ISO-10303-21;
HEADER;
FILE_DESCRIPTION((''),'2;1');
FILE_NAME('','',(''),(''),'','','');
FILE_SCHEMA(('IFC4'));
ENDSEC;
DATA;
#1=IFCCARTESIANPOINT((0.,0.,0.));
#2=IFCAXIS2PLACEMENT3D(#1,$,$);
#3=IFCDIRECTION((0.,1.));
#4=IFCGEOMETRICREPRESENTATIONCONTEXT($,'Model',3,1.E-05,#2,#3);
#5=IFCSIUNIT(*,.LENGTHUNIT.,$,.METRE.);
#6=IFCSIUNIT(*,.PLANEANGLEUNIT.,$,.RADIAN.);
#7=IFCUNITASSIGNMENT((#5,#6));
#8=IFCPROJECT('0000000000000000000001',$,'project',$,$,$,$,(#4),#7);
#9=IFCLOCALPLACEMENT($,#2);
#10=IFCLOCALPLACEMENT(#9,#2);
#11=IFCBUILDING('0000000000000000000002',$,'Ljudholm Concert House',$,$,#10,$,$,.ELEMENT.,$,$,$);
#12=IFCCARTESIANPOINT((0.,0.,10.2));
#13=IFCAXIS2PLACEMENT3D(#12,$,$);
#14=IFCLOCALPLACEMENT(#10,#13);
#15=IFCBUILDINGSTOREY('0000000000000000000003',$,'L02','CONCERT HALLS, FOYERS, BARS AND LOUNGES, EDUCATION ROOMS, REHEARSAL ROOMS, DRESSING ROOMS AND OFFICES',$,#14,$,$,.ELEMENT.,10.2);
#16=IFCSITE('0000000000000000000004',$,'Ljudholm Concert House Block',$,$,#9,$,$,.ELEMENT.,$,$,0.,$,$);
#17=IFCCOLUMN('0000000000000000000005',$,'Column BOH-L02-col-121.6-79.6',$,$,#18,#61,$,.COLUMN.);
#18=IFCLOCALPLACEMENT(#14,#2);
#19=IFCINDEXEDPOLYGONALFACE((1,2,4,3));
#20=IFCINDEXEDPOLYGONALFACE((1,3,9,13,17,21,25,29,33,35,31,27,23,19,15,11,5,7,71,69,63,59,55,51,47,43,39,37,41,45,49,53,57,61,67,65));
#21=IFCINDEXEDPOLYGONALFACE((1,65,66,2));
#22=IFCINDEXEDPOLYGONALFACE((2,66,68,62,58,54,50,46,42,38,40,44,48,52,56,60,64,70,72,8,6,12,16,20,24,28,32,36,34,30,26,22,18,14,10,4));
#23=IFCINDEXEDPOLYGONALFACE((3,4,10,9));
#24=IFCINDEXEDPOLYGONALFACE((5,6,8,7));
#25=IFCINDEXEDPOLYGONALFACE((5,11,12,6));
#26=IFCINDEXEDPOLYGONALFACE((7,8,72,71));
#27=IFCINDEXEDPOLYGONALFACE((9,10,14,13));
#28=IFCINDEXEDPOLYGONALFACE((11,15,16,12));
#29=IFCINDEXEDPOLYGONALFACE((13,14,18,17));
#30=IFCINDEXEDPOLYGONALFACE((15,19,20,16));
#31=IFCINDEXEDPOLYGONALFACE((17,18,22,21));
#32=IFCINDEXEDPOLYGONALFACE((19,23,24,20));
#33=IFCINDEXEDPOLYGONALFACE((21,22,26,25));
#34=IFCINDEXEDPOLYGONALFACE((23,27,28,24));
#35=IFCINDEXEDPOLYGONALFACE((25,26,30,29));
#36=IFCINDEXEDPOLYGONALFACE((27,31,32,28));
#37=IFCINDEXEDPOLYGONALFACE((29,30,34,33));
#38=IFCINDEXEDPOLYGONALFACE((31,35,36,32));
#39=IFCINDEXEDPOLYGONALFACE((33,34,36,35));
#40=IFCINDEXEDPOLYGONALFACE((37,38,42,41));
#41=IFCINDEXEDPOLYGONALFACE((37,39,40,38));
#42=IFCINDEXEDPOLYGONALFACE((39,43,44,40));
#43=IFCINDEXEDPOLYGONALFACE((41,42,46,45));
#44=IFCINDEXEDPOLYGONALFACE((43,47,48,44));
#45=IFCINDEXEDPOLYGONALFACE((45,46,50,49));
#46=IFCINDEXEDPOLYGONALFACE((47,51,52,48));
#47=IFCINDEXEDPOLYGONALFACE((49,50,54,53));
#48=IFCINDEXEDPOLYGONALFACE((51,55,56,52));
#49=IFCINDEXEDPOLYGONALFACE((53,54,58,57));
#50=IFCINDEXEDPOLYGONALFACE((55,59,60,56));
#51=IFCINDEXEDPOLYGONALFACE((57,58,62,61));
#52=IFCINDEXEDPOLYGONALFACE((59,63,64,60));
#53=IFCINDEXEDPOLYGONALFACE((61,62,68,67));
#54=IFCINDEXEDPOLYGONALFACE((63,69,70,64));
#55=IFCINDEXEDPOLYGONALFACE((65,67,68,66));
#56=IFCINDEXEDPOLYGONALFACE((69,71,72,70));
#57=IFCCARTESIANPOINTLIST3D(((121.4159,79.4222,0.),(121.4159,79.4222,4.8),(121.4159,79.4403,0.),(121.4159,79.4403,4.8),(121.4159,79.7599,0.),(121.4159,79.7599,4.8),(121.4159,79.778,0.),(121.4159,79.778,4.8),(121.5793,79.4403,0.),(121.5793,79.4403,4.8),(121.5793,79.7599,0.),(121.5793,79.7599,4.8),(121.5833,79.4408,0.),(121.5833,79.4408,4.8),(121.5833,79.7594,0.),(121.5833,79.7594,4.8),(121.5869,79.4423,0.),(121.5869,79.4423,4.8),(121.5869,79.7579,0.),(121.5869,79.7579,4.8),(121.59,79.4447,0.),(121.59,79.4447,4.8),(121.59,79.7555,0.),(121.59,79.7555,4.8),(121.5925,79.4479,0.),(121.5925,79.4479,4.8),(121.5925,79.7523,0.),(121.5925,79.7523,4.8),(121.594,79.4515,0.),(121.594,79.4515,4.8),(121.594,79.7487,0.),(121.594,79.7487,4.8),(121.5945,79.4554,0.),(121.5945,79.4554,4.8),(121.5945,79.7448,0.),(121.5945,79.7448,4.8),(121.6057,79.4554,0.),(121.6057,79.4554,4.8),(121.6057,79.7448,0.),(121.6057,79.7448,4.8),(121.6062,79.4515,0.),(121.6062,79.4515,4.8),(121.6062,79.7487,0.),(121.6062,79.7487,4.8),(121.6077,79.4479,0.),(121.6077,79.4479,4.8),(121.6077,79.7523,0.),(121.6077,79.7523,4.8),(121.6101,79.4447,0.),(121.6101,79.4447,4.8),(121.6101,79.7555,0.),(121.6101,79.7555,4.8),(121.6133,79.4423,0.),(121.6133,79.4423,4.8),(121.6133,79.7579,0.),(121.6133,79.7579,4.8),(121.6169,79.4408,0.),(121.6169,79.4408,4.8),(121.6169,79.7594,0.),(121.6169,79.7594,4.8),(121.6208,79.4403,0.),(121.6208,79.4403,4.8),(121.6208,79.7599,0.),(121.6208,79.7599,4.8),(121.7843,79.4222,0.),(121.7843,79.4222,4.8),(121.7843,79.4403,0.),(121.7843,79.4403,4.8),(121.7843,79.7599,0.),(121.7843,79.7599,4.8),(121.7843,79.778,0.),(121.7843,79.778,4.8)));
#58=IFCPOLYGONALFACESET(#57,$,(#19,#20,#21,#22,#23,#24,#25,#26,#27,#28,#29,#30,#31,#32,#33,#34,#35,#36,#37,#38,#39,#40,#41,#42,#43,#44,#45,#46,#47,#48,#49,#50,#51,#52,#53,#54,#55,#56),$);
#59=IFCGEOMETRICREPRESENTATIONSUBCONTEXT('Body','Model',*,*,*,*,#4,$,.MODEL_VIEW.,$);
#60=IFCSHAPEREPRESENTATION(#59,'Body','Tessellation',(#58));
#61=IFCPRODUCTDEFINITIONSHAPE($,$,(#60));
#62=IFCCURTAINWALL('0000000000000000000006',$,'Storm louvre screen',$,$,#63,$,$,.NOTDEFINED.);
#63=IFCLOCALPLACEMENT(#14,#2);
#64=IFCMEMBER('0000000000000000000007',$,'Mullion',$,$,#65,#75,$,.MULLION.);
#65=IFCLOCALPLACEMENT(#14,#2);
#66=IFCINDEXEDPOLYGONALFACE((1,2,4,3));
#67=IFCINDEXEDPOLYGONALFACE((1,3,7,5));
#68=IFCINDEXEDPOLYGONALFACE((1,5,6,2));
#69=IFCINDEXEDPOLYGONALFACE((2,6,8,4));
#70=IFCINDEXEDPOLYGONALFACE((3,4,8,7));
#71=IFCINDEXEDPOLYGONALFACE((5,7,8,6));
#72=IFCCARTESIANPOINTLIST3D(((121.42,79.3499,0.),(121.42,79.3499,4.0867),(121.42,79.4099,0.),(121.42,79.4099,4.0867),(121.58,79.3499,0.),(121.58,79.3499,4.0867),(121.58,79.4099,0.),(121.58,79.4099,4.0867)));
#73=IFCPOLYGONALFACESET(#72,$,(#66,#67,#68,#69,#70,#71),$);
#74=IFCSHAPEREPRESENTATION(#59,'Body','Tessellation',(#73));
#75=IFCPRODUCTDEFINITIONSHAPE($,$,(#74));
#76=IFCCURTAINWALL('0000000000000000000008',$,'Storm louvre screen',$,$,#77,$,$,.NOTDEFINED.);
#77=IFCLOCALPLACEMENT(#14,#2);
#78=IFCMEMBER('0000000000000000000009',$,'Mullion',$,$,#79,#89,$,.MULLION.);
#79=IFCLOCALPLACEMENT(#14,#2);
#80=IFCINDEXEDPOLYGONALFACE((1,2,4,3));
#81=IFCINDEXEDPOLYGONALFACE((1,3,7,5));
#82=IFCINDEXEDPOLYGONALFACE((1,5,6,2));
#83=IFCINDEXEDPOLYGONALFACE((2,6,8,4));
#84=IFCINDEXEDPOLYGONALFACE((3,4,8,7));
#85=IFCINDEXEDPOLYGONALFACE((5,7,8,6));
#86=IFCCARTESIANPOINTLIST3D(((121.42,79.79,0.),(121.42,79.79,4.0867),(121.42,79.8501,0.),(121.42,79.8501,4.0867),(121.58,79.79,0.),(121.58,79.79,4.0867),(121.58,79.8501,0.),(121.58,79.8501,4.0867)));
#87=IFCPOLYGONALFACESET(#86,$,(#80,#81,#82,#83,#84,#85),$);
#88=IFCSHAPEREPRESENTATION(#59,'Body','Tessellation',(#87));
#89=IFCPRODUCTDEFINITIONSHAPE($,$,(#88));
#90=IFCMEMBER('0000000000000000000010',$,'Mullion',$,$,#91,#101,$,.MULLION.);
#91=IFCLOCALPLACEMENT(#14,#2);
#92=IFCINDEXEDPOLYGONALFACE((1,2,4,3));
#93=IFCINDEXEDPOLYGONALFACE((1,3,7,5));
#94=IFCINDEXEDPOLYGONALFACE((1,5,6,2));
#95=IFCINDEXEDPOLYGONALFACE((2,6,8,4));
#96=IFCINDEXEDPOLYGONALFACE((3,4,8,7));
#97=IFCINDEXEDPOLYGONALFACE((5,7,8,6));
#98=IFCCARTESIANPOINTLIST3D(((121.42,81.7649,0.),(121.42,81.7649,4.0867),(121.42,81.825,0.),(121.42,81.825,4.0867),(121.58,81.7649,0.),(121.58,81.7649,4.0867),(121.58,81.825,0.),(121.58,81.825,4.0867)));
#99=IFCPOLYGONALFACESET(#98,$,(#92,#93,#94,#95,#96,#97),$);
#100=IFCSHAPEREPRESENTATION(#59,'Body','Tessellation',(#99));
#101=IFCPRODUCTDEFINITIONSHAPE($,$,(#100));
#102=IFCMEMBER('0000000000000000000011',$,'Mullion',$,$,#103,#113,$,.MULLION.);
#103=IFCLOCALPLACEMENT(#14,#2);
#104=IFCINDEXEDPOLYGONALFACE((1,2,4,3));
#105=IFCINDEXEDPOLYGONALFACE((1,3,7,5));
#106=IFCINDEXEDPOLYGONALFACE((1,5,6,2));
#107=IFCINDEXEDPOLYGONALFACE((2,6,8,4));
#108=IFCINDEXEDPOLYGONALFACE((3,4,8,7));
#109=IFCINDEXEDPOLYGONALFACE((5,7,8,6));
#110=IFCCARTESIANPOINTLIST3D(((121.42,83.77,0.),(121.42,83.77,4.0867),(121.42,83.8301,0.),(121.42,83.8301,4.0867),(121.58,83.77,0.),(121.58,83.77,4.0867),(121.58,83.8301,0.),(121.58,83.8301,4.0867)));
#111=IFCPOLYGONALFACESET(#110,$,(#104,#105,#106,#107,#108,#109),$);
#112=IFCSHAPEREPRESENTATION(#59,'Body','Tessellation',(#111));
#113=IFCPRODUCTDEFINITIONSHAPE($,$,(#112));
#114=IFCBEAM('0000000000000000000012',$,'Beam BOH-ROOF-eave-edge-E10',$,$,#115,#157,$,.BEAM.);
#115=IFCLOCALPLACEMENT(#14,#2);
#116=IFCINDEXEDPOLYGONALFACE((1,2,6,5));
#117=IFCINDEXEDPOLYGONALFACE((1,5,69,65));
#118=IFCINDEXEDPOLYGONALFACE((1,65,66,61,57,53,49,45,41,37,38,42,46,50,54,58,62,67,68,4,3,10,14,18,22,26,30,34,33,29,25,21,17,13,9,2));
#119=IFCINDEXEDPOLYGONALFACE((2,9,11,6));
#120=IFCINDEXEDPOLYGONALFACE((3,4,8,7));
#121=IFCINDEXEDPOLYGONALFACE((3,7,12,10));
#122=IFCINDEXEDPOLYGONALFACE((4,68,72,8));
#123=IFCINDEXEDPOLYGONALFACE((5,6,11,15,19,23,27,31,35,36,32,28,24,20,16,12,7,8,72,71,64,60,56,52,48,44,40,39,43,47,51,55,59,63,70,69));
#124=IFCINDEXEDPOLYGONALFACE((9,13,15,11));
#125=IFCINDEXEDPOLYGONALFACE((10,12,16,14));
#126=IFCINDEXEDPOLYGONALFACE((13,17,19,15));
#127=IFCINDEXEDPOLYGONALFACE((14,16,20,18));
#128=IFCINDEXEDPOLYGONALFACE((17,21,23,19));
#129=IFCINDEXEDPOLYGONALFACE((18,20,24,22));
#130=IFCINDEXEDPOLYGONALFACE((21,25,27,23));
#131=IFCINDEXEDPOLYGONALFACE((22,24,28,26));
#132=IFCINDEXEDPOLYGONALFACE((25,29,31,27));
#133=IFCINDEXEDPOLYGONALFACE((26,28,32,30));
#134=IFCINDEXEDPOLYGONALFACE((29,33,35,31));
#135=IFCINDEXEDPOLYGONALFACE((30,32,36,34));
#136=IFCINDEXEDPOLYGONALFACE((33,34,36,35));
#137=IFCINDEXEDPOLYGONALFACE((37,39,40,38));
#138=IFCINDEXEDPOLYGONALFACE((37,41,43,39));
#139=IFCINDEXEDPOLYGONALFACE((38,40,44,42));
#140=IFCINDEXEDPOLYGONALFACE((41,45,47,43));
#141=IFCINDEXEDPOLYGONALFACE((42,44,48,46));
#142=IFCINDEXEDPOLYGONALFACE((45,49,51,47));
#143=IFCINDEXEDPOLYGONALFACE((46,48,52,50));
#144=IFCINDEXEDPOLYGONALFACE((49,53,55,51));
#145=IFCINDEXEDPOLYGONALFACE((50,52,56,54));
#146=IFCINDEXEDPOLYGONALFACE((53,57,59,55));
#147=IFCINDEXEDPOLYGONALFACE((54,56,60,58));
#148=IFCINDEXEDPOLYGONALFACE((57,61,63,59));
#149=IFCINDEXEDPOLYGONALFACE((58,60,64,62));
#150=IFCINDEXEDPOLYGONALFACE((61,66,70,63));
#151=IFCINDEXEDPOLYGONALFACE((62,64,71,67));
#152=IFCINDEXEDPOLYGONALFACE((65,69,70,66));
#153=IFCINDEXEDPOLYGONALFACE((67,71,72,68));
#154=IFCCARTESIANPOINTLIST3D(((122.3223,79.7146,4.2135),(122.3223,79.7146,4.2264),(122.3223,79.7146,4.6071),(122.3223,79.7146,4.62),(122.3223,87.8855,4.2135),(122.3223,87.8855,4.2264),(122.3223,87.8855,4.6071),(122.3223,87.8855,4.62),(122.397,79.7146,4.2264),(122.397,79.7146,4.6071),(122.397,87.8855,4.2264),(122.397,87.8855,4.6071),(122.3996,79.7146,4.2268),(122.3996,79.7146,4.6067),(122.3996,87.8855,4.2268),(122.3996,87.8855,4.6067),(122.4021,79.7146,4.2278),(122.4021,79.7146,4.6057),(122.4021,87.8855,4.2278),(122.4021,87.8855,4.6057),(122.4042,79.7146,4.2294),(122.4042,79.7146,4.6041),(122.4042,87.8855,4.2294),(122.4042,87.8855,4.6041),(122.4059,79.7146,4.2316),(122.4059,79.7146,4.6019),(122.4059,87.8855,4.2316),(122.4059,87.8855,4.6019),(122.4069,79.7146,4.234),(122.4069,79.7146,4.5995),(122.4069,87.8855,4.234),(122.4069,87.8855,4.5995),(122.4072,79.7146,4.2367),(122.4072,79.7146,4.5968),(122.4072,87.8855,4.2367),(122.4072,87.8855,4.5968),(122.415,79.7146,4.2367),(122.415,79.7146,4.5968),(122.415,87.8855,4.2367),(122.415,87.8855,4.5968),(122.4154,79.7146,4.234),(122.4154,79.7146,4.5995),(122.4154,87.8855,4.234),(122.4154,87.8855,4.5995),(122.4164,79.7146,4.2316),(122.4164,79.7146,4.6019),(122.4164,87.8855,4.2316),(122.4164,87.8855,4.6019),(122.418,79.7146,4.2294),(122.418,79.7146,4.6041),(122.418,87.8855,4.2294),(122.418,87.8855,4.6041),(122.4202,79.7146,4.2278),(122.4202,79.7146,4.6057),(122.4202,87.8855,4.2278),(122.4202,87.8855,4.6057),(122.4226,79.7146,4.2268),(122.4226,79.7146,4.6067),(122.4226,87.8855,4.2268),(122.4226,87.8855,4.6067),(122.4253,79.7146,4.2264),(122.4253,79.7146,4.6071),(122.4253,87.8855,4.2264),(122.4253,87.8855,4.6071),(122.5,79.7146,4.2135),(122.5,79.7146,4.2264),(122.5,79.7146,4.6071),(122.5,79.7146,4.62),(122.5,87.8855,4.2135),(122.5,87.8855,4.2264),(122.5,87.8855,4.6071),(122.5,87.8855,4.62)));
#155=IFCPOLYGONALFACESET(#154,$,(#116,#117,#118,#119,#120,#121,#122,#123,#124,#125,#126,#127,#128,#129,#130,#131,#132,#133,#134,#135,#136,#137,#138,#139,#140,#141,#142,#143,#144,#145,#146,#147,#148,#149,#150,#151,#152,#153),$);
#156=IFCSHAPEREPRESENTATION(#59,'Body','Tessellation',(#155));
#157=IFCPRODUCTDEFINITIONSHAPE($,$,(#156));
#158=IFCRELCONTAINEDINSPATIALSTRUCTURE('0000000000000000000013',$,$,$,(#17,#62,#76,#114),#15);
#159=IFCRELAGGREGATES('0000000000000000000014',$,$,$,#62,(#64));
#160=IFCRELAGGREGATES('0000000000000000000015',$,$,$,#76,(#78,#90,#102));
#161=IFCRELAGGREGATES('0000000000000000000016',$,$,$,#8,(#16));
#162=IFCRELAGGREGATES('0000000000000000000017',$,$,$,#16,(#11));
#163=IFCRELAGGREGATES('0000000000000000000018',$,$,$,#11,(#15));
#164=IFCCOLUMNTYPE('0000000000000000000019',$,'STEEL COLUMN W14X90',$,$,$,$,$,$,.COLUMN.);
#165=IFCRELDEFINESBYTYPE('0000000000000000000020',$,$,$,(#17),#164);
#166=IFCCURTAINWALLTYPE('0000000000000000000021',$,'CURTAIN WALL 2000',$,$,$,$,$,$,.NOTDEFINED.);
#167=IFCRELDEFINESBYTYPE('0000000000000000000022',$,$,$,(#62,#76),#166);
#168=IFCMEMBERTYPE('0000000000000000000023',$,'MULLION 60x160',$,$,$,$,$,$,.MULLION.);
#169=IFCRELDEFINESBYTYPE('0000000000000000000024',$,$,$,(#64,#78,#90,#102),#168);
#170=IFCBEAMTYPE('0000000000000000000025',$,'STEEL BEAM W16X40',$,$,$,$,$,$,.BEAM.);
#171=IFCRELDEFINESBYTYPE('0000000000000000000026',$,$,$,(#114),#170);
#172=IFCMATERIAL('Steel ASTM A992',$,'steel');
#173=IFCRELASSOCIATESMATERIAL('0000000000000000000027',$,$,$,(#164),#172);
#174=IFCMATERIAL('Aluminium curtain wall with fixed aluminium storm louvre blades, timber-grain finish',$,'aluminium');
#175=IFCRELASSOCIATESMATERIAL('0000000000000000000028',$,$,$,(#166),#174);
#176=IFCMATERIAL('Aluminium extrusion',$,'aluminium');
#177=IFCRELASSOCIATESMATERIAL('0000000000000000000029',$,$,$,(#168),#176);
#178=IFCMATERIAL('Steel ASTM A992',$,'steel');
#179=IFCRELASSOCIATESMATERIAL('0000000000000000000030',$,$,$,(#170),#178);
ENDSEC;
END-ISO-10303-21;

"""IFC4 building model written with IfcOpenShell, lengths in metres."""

from ifc_helpers import new_model, si_unit, direction, frame, origin, origin_2d, place, context, subcontext, project, spatial, rectangle, i_section, extrude, material, material_profile, profile_set, type_object, element, aggregate, save


model = new_model("IFC4")

# Units and contexts
model_context = context("Model", 3, precision=1e-05, world=origin(), true_north=direction((0.0, 1.0)))
body_context = subcontext(model_context, "Body", "Model", "MODEL_VIEW")
ifc_project = project(units=[si_unit("LENGTHUNIT", "METRE"), si_unit("PLANEANGLEUNIT", "RADIAN")], contexts=[model_context])

# Site, building, storey
site_placement = place(None, origin())
site = spatial("IfcSite", under=ifc_project, at=site_placement, Name="Ljudholm Concert House Block", CompositionType="ELEMENT", RefElevation=0.0)
building_placement = place(site_placement, origin())
building = spatial("IfcBuilding", under=site, at=building_placement, Name="Ljudholm Concert House", CompositionType="ELEMENT")
storey_placement = place(building_placement, frame((0.0, 0.0, 10.2)))
storey = spatial("IfcBuildingStorey", under=building, at=storey_placement, Name="L02", Description="CONCERT HALLS, FOYERS, BARS AND LOUNGES, EDUCATION ROOMS, REHEARSAL ROOMS, DRESSING ROOMS AND OFFICES", CompositionType="ELEMENT", Elevation=10.2)

# Column
ifc_material_1 = material(Name="Steel ASTM A992", Category="steel")
ifc_material_profile_1 = material_profile(ifc_material_1, i_section(OverallWidth=0.3684, OverallDepth=0.3557, WebThickness=0.0112, FlangeThickness=0.0181, FilletRadius=0.0151, at=origin_2d()), Name="W14X90")
ifc_profile_set_1 = profile_set([ifc_material_profile_1], Name="Steel ASTM A992")
column_type = type_object("IfcColumnType", Name="STEEL COLUMN W14X90", PredefinedType="COLUMN", material=ifc_profile_set_1)
column_placement = place(storey_placement, frame((121.6001, 79.6001, 0.0), z_axis=(0.0, 0.0, 1.0), x_axis=(1.0, 0.0, 0.0)))
element("IfcColumn", 1, at=column_placement, inside=storey, type_object=column_type, Name="Column BOH-L02-col-121.6-79.6", PredefinedType="COLUMN", context=body_context, shape_type="SweptSolid", body=[
    extrude(i_section(OverallWidth=0.3684, OverallDepth=0.3557, WebThickness=0.0112, FlangeThickness=0.0181, FilletRadius=0.0151, at=origin_2d()), origin(), (0.0, 0.0, 1.0), 4.8),
])

# Curtain wall, member
ifc_material_2 = material(Name="Aluminium curtain wall with fixed aluminium storm louvre blades, timber-grain finish", Category="aluminium")
curtain_wall_type = type_object("IfcCurtainWallType", Name="CURTAIN WALL 2000", PredefinedType="NOTDEFINED", material=ifc_material_2)
curtain_wall_1_placement = place(storey_placement, origin())
curtain_wall_1 = element("IfcCurtainWall", 2, at=curtain_wall_1_placement, inside=storey, type_object=curtain_wall_type, Name="Storm louvre screen", PredefinedType="NOTDEFINED")
ifc_material_3 = material(Name="Aluminium extrusion", Category="aluminium")
ifc_material_profile_2 = material_profile(ifc_material_3, rectangle(XDim=0.1599, YDim=0.0601, at=origin_2d()), Name="MULLION 60x160")
ifc_profile_set_2 = profile_set([ifc_material_profile_2], Name="Aluminium extrusion")
member_type_1 = type_object("IfcMemberType", Name="MULLION 60x160", PredefinedType="MULLION", material=ifc_profile_set_2)
member_1_placement = place(storey_placement, frame((121.5, 79.3799, 0.0), z_axis=(0.0, 0.0, 1.0), x_axis=(-1.0, 0.0, 0.0)))
member_1 = element("IfcMember", 3, at=member_1_placement, type_object=member_type_1, Name="Mullion", PredefinedType="MULLION", context=body_context, shape_type="SweptSolid", body=[
    extrude(rectangle(XDim=0.1599, YDim=0.0601, at=origin_2d()), origin(), (0.0, 0.0, 1.0), 4.0867),
])

# Curtain wall, members
curtain_wall_2_placement = place(storey_placement, origin())
curtain_wall_2 = element("IfcCurtainWall", 4, at=curtain_wall_2_placement, inside=storey, type_object=curtain_wall_type, Name="Storm louvre screen", PredefinedType="NOTDEFINED")
member_2_placement = place(storey_placement, frame((121.5, 79.8201, 0.0), z_axis=(0.0, 0.0, 1.0), x_axis=(-1.0, 0.0, 0.0)))
member_2 = element("IfcMember", 5, at=member_2_placement, type_object=member_type_1, Name="Mullion", PredefinedType="MULLION", context=body_context, shape_type="SweptSolid", body=[
    extrude(rectangle(XDim=0.1599, YDim=0.0601, at=origin_2d()), origin(), (0.0, 0.0, 1.0), 4.0867),
])
member_3_placement = place(storey_placement, frame((121.5, 81.7949, 0.0), z_axis=(0.0, 0.0, 1.0), x_axis=(-1.0, 0.0, 0.0)))
member_3 = element("IfcMember", 6, at=member_3_placement, type_object=member_type_1, Name="Mullion", PredefinedType="MULLION", context=body_context, shape_type="SweptSolid", body=[
    extrude(rectangle(XDim=0.1599, YDim=0.0601, at=origin_2d()), origin(), (0.0, 0.0, 1.0), 4.0867),
])
member_4_placement = place(storey_placement, frame((121.5, 83.8, 0.0), z_axis=(0.0, 0.0, 1.0), x_axis=(-1.0, 0.0, 0.0)))
member_4 = element("IfcMember", 7, at=member_4_placement, type_object=member_type_1, Name="Mullion", PredefinedType="MULLION", context=body_context, shape_type="SweptSolid", body=[
    extrude(rectangle(XDim=0.1599, YDim=0.0601, at=origin_2d()), origin(), (0.0, 0.0, 1.0), 4.0867),
])

# Beam
ifc_material_4 = material(Name="Steel ASTM A992", Category="steel")
ifc_material_profile_3 = material_profile(ifc_material_4, i_section(OverallWidth=0.1777, OverallDepth=0.4065, WebThickness=0.0078, FlangeThickness=0.0129, FilletRadius=0.0103, at=origin_2d()), Name="W16X40")
ifc_profile_set_3 = profile_set([ifc_material_profile_3], Name="Steel ASTM A992")
beam_type_1 = type_object("IfcBeamType", Name="STEEL BEAM W16X40", PredefinedType="BEAM", material=ifc_profile_set_3)
beam_1_placement = place(storey_placement, frame((122.4111, 79.7146, 4.4167), z_axis=(0.0, 1.0, 0.0), x_axis=(-1.0, 0.0, 0.0)))
element("IfcBeam", 8, at=beam_1_placement, inside=storey, type_object=beam_type_1, Name="Beam BOH-ROOF-eave-edge-E10", PredefinedType="BEAM", context=body_context, shape_type="SweptSolid", body=[
    extrude(i_section(OverallWidth=0.1777, OverallDepth=0.4065, WebThickness=0.0078, FlangeThickness=0.0129, FilletRadius=0.0103, at=origin_2d()), origin(), (0.0, 0.0, 1.0), 8.1709),
])

aggregate(curtain_wall_1, [member_1])
aggregate(curtain_wall_2, [member_2, member_3, member_4])

save(model, "model.ifc")
